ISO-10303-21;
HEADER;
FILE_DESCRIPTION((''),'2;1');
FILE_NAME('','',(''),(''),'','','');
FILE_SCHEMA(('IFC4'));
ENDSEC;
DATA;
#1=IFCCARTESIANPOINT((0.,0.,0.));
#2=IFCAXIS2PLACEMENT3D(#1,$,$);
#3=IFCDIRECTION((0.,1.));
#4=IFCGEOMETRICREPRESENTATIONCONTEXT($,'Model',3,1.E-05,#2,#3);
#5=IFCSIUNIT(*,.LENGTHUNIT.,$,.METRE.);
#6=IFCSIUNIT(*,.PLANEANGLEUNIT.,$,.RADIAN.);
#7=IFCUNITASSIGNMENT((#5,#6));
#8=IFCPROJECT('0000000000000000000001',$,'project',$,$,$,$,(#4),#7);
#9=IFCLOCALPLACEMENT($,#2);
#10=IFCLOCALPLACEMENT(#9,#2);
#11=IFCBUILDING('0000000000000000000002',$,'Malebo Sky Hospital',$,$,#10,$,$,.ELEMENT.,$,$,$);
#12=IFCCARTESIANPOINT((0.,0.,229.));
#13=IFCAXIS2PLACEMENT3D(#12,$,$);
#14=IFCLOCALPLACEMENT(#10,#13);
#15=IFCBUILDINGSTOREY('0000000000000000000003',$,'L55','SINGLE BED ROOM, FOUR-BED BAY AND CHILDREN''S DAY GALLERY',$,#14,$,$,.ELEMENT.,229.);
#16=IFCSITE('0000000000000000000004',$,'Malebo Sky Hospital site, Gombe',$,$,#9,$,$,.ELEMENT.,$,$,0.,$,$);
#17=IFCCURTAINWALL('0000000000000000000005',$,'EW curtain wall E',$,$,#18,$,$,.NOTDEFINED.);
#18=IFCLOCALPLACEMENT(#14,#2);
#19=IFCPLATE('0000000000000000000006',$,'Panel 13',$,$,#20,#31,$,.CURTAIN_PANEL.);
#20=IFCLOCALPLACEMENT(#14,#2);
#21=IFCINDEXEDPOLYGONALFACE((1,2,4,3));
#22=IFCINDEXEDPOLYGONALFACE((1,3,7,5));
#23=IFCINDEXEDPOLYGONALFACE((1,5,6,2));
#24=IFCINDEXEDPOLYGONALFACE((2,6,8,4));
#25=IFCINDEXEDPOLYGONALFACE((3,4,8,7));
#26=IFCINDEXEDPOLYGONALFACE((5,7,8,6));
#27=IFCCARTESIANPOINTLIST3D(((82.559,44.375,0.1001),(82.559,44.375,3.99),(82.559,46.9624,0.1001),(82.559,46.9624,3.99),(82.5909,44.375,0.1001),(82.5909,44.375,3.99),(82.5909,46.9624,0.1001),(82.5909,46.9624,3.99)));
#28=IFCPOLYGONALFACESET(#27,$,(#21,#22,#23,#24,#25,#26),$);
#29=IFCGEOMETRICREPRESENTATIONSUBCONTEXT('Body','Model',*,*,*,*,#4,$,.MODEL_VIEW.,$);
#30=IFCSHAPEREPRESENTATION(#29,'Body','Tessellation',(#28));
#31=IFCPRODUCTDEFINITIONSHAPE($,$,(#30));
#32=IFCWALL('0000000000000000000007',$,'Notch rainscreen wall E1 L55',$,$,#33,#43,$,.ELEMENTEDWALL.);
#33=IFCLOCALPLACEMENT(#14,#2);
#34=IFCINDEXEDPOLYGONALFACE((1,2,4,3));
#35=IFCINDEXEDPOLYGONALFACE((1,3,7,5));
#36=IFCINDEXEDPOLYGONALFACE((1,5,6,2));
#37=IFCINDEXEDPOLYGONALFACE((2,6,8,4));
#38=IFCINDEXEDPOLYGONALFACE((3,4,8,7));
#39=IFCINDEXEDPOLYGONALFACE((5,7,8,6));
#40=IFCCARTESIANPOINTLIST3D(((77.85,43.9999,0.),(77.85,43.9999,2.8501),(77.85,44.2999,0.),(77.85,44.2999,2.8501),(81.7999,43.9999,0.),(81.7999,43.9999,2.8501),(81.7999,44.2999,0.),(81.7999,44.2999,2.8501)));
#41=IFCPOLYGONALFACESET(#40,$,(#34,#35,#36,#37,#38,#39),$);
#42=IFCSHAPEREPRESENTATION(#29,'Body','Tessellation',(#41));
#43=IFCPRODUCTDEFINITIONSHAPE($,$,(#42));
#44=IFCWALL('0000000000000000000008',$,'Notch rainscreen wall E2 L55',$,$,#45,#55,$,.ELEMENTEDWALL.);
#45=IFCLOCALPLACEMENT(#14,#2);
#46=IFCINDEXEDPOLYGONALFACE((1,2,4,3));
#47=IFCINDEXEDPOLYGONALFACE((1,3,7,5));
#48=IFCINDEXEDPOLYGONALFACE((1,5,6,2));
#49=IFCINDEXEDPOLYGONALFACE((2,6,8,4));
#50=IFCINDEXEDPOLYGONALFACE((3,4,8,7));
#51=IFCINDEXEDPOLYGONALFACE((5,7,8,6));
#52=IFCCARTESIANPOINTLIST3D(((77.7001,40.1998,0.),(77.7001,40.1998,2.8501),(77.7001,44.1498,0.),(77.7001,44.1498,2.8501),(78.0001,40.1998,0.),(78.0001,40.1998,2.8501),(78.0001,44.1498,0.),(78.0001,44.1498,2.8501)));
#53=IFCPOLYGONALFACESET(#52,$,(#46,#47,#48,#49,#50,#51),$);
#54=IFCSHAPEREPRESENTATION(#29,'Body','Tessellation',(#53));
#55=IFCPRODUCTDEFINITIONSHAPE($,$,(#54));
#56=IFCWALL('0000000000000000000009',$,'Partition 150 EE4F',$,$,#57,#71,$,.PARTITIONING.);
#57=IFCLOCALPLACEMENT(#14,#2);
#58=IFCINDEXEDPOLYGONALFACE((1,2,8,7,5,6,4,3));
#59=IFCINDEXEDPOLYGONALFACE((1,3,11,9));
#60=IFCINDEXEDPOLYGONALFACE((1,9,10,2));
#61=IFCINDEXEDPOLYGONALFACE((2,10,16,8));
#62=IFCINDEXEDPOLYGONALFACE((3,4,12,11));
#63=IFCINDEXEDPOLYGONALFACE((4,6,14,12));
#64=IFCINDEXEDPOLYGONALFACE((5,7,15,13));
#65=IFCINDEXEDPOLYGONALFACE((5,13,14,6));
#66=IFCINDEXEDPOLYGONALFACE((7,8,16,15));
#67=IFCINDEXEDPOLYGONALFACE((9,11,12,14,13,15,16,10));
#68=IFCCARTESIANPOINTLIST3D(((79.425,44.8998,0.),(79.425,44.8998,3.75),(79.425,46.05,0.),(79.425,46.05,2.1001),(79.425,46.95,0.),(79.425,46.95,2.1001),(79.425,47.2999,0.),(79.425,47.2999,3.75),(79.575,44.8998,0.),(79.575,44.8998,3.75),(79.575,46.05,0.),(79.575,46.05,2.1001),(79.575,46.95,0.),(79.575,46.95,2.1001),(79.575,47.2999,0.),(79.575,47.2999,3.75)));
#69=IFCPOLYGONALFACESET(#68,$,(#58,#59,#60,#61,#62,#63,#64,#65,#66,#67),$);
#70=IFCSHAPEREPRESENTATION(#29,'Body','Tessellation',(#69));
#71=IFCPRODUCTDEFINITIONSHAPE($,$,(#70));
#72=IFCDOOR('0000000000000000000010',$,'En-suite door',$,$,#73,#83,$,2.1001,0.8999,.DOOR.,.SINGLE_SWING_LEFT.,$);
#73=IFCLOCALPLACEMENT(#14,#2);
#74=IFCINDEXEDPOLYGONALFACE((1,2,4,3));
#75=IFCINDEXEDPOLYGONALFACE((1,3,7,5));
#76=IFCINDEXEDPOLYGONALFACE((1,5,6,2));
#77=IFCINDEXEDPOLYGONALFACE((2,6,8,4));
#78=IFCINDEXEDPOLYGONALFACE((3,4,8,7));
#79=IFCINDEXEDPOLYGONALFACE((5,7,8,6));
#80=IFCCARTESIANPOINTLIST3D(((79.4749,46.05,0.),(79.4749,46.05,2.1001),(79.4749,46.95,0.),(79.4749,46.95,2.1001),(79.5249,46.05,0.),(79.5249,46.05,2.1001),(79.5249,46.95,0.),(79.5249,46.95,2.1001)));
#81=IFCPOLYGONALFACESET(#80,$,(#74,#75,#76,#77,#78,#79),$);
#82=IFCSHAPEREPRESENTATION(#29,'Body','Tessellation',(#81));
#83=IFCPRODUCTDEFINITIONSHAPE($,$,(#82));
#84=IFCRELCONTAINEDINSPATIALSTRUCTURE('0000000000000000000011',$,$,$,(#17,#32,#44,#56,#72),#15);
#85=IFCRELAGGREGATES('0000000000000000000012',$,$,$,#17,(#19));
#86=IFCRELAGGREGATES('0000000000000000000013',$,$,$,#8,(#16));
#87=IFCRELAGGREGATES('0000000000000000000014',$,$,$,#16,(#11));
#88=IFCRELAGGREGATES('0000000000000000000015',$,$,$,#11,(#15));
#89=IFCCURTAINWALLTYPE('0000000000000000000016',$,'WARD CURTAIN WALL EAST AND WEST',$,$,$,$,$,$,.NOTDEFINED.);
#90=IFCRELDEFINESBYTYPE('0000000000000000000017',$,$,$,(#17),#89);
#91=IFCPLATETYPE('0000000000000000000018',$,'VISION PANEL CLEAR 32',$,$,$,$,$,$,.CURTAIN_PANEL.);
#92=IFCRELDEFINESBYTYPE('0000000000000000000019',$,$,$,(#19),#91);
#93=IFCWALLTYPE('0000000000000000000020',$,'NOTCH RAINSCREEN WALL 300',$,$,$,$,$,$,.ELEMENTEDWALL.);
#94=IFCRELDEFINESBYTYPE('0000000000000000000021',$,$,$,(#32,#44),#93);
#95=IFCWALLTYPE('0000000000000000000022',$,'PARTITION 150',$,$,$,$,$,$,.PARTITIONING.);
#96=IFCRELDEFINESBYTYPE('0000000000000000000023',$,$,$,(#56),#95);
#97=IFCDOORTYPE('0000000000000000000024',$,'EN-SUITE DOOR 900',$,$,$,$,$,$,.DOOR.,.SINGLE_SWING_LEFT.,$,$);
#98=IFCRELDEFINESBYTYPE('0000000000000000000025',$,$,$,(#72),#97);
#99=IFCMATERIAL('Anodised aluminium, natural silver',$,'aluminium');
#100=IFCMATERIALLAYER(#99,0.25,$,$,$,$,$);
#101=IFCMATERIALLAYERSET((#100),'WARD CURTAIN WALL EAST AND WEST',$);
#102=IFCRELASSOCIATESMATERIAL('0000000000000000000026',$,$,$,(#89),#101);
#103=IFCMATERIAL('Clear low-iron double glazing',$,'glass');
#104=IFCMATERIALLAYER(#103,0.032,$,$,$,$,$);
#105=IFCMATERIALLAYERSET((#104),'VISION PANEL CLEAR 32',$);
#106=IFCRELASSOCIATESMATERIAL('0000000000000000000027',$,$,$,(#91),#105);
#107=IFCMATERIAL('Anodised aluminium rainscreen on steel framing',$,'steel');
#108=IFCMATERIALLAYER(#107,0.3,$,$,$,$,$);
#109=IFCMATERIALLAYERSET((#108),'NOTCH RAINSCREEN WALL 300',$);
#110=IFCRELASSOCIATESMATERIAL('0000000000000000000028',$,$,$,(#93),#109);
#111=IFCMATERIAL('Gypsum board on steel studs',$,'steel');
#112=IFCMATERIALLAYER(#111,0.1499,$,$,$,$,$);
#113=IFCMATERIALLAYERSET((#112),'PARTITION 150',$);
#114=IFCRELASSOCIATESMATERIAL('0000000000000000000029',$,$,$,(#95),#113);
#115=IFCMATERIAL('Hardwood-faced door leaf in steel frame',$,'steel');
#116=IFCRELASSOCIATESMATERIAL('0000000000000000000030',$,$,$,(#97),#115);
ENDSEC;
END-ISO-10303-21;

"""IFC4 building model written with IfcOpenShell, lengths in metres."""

from ifc_helpers import new_model, si_unit, direction, frame, frame_2d, origin, origin_2d, place, context, subcontext, project, spatial, rectangle, extrude, material, layer, layer_set, type_object, element, fill, aggregate, save


model = new_model("IFC4")

# Units and contexts
model_context = context("Model", 3, precision=1e-05, world=origin(), true_north=direction((0.0, 1.0)))
body_context = subcontext(model_context, "Body", "Model", "MODEL_VIEW")
ifc_project = project(units=[si_unit("LENGTHUNIT", "METRE"), si_unit("PLANEANGLEUNIT", "RADIAN")], contexts=[model_context])

# Site, building, storey
site_placement = place(None, origin())
site = spatial("IfcSite", under=ifc_project, at=site_placement, Name="Malebo Sky Hospital site, Gombe", CompositionType="ELEMENT", RefElevation=0.0)
building_placement = place(site_placement, origin())
building = spatial("IfcBuilding", under=site, at=building_placement, Name="Malebo Sky Hospital", CompositionType="ELEMENT")
storey_placement = place(building_placement, frame((0.0, 0.0, 229.0)))
storey = spatial("IfcBuildingStorey", under=building, at=storey_placement, Name="L55", Description="SINGLE BED ROOM, FOUR-BED BAY AND CHILDREN'S DAY GALLERY", CompositionType="ELEMENT", Elevation=229.0)

# Curtain wall
ifc_material_1 = material(Name="Anodised aluminium, natural silver", Category="aluminium")
ifc_layer_1 = layer(ifc_material_1, 0.25)
ifc_layer_set_1 = layer_set([ifc_layer_1], Name="WARD CURTAIN WALL EAST AND WEST")
curtain_wall_type_1 = type_object("IfcCurtainWallType", Name="WARD CURTAIN WALL EAST AND WEST", PredefinedType="NOTDEFINED", material=ifc_layer_set_1)
curtain_wall_1_placement = place(storey_placement, origin())
curtain_wall_1 = element("IfcCurtainWall", 1, at=curtain_wall_1_placement, inside=storey, type_object=curtain_wall_type_1, Name="EW curtain wall E", PredefinedType="NOTDEFINED")

# Plate
ifc_material_2 = material(Name="Clear low-iron double glazing", Category="glass")
ifc_layer_2 = layer(ifc_material_2, 0.032)
ifc_layer_set_2 = layer_set([ifc_layer_2], Name="VISION PANEL CLEAR 32")
plate_type = type_object("IfcPlateType", Name="VISION PANEL CLEAR 32", PredefinedType="CURTAIN_PANEL", material=ifc_layer_set_2)
plate_1_placement = place(storey_placement, frame((82.575, 45.6687, 0.1001), z_axis=(0.0, 0.0, 1.0), x_axis=(0.0, -1.0, 0.0)))
plate_1 = element("IfcPlate", 2, at=plate_1_placement, type_object=plate_type, Name="Panel 13", PredefinedType="CURTAIN_PANEL", context=body_context, shape_type="SweptSolid", body=[
    extrude(rectangle(XDim=2.5874, YDim=0.032, at=origin_2d()), origin(), (0.0, 0.0, 1.0), 3.8899),
])
aggregate(curtain_wall_1, [plate_1])

# Walls
ifc_material_3 = material(Name="Anodised aluminium rainscreen on steel framing", Category="steel")
ifc_layer_3 = layer(ifc_material_3, 0.3)
ifc_layer_set_3 = layer_set([ifc_layer_3], Name="NOTCH RAINSCREEN WALL 300")
wall_type_1 = type_object("IfcWallType", Name="NOTCH RAINSCREEN WALL 300", PredefinedType="ELEMENTEDWALL", material=ifc_layer_set_3)
for number, where, z_axis, x_axis, name in (
    (3, (81.8, 44.1499, 0.0), (0.0, 0.0, 1.0), (-1.0, 0.0, 0.0), "Notch rainscreen wall E1 L55"),
    (4, (77.8501, 44.1499, 0.0), (0.0, 0.0, 1.0), (0.0, -1.0, 0.0), "Notch rainscreen wall E2 L55"),
):
    element("IfcWall", number, at=place(storey_placement, frame(where, z_axis=z_axis, x_axis=x_axis)), inside=storey, type_object=wall_type_1, Name=name, PredefinedType="ELEMENTEDWALL", context=body_context, shape_type="SweptSolid", body=[
        extrude(rectangle(XDim=3.95, YDim=0.3, at=frame_2d((1.9751, 0.0))), origin(), (0.0, 0.0, 1.0), 2.8501),
    ])

# Wall, opening, door
ifc_material_4 = material(Name="Gypsum board on steel studs", Category="steel")
ifc_layer_4 = layer(ifc_material_4, 0.1499)
ifc_layer_set_4 = layer_set([ifc_layer_4], Name="PARTITION 150")
wall_type_2 = type_object("IfcWallType", Name="PARTITION 150", PredefinedType="PARTITIONING", material=ifc_layer_set_4)
wall_placement = place(storey_placement, frame((79.5, 47.3, 0.0), z_axis=(0.0, 0.0, 1.0), x_axis=(0.0, -1.0, 0.0)))
wall = element("IfcWall", 5, at=wall_placement, inside=storey, type_object=wall_type_2, Name="Partition 150 EE4F", PredefinedType="PARTITIONING", context=body_context, shape_type="SweptSolid", body=[
    extrude(rectangle(XDim=2.4001, YDim=0.1499, at=frame_2d((1.2002, 0.0))), origin(), (0.0, 0.0, 1.0), 3.75),
])
opening_placement = place(wall_placement, frame((0.3501, 0.0, 0.0)))
opening = element("IfcOpeningElement", 6, at=opening_placement, cuts=wall, PredefinedType="OPENING", context=body_context, shape_type="SweptSolid", body=[
    extrude(rectangle(XDim=0.8999, YDim=2.1001, at=frame_2d((0.45, 1.05))), frame((0.0, 0.085, 0.0), z_axis=(0.0, -1.0, 0.0), x_axis=(1.0, 0.0, 0.0)), (0.0, 0.0, 1.0), 0.1699),
])
ifc_material_5 = material(Name="Hardwood-faced door leaf in steel frame", Category="steel")
door_type = type_object("IfcDoorType", Name="EN-SUITE DOOR 900", OperationType="SINGLE_SWING_LEFT", PredefinedType="DOOR", material=ifc_material_5)
door_placement = place(opening_placement, origin())
door = element("IfcDoor", 7, at=door_placement, inside=storey, type_object=door_type, Name="En-suite door", OperationType="SINGLE_SWING_LEFT", OverallHeight=2.1001, OverallWidth=0.8999, PredefinedType="DOOR", context=body_context, shape_type="SweptSolid", body=[
    extrude(rectangle(XDim=0.8999, YDim=2.1001, at=frame_2d((0.45, 1.05))), frame((0.0, 0.0249, 0.0), z_axis=(0.0, -1.0, 0.0), x_axis=(1.0, 0.0, 0.0)), (0.0, 0.0, 1.0), 0.05),
])
fill(opening, door)

save(model, "model.ifc")
